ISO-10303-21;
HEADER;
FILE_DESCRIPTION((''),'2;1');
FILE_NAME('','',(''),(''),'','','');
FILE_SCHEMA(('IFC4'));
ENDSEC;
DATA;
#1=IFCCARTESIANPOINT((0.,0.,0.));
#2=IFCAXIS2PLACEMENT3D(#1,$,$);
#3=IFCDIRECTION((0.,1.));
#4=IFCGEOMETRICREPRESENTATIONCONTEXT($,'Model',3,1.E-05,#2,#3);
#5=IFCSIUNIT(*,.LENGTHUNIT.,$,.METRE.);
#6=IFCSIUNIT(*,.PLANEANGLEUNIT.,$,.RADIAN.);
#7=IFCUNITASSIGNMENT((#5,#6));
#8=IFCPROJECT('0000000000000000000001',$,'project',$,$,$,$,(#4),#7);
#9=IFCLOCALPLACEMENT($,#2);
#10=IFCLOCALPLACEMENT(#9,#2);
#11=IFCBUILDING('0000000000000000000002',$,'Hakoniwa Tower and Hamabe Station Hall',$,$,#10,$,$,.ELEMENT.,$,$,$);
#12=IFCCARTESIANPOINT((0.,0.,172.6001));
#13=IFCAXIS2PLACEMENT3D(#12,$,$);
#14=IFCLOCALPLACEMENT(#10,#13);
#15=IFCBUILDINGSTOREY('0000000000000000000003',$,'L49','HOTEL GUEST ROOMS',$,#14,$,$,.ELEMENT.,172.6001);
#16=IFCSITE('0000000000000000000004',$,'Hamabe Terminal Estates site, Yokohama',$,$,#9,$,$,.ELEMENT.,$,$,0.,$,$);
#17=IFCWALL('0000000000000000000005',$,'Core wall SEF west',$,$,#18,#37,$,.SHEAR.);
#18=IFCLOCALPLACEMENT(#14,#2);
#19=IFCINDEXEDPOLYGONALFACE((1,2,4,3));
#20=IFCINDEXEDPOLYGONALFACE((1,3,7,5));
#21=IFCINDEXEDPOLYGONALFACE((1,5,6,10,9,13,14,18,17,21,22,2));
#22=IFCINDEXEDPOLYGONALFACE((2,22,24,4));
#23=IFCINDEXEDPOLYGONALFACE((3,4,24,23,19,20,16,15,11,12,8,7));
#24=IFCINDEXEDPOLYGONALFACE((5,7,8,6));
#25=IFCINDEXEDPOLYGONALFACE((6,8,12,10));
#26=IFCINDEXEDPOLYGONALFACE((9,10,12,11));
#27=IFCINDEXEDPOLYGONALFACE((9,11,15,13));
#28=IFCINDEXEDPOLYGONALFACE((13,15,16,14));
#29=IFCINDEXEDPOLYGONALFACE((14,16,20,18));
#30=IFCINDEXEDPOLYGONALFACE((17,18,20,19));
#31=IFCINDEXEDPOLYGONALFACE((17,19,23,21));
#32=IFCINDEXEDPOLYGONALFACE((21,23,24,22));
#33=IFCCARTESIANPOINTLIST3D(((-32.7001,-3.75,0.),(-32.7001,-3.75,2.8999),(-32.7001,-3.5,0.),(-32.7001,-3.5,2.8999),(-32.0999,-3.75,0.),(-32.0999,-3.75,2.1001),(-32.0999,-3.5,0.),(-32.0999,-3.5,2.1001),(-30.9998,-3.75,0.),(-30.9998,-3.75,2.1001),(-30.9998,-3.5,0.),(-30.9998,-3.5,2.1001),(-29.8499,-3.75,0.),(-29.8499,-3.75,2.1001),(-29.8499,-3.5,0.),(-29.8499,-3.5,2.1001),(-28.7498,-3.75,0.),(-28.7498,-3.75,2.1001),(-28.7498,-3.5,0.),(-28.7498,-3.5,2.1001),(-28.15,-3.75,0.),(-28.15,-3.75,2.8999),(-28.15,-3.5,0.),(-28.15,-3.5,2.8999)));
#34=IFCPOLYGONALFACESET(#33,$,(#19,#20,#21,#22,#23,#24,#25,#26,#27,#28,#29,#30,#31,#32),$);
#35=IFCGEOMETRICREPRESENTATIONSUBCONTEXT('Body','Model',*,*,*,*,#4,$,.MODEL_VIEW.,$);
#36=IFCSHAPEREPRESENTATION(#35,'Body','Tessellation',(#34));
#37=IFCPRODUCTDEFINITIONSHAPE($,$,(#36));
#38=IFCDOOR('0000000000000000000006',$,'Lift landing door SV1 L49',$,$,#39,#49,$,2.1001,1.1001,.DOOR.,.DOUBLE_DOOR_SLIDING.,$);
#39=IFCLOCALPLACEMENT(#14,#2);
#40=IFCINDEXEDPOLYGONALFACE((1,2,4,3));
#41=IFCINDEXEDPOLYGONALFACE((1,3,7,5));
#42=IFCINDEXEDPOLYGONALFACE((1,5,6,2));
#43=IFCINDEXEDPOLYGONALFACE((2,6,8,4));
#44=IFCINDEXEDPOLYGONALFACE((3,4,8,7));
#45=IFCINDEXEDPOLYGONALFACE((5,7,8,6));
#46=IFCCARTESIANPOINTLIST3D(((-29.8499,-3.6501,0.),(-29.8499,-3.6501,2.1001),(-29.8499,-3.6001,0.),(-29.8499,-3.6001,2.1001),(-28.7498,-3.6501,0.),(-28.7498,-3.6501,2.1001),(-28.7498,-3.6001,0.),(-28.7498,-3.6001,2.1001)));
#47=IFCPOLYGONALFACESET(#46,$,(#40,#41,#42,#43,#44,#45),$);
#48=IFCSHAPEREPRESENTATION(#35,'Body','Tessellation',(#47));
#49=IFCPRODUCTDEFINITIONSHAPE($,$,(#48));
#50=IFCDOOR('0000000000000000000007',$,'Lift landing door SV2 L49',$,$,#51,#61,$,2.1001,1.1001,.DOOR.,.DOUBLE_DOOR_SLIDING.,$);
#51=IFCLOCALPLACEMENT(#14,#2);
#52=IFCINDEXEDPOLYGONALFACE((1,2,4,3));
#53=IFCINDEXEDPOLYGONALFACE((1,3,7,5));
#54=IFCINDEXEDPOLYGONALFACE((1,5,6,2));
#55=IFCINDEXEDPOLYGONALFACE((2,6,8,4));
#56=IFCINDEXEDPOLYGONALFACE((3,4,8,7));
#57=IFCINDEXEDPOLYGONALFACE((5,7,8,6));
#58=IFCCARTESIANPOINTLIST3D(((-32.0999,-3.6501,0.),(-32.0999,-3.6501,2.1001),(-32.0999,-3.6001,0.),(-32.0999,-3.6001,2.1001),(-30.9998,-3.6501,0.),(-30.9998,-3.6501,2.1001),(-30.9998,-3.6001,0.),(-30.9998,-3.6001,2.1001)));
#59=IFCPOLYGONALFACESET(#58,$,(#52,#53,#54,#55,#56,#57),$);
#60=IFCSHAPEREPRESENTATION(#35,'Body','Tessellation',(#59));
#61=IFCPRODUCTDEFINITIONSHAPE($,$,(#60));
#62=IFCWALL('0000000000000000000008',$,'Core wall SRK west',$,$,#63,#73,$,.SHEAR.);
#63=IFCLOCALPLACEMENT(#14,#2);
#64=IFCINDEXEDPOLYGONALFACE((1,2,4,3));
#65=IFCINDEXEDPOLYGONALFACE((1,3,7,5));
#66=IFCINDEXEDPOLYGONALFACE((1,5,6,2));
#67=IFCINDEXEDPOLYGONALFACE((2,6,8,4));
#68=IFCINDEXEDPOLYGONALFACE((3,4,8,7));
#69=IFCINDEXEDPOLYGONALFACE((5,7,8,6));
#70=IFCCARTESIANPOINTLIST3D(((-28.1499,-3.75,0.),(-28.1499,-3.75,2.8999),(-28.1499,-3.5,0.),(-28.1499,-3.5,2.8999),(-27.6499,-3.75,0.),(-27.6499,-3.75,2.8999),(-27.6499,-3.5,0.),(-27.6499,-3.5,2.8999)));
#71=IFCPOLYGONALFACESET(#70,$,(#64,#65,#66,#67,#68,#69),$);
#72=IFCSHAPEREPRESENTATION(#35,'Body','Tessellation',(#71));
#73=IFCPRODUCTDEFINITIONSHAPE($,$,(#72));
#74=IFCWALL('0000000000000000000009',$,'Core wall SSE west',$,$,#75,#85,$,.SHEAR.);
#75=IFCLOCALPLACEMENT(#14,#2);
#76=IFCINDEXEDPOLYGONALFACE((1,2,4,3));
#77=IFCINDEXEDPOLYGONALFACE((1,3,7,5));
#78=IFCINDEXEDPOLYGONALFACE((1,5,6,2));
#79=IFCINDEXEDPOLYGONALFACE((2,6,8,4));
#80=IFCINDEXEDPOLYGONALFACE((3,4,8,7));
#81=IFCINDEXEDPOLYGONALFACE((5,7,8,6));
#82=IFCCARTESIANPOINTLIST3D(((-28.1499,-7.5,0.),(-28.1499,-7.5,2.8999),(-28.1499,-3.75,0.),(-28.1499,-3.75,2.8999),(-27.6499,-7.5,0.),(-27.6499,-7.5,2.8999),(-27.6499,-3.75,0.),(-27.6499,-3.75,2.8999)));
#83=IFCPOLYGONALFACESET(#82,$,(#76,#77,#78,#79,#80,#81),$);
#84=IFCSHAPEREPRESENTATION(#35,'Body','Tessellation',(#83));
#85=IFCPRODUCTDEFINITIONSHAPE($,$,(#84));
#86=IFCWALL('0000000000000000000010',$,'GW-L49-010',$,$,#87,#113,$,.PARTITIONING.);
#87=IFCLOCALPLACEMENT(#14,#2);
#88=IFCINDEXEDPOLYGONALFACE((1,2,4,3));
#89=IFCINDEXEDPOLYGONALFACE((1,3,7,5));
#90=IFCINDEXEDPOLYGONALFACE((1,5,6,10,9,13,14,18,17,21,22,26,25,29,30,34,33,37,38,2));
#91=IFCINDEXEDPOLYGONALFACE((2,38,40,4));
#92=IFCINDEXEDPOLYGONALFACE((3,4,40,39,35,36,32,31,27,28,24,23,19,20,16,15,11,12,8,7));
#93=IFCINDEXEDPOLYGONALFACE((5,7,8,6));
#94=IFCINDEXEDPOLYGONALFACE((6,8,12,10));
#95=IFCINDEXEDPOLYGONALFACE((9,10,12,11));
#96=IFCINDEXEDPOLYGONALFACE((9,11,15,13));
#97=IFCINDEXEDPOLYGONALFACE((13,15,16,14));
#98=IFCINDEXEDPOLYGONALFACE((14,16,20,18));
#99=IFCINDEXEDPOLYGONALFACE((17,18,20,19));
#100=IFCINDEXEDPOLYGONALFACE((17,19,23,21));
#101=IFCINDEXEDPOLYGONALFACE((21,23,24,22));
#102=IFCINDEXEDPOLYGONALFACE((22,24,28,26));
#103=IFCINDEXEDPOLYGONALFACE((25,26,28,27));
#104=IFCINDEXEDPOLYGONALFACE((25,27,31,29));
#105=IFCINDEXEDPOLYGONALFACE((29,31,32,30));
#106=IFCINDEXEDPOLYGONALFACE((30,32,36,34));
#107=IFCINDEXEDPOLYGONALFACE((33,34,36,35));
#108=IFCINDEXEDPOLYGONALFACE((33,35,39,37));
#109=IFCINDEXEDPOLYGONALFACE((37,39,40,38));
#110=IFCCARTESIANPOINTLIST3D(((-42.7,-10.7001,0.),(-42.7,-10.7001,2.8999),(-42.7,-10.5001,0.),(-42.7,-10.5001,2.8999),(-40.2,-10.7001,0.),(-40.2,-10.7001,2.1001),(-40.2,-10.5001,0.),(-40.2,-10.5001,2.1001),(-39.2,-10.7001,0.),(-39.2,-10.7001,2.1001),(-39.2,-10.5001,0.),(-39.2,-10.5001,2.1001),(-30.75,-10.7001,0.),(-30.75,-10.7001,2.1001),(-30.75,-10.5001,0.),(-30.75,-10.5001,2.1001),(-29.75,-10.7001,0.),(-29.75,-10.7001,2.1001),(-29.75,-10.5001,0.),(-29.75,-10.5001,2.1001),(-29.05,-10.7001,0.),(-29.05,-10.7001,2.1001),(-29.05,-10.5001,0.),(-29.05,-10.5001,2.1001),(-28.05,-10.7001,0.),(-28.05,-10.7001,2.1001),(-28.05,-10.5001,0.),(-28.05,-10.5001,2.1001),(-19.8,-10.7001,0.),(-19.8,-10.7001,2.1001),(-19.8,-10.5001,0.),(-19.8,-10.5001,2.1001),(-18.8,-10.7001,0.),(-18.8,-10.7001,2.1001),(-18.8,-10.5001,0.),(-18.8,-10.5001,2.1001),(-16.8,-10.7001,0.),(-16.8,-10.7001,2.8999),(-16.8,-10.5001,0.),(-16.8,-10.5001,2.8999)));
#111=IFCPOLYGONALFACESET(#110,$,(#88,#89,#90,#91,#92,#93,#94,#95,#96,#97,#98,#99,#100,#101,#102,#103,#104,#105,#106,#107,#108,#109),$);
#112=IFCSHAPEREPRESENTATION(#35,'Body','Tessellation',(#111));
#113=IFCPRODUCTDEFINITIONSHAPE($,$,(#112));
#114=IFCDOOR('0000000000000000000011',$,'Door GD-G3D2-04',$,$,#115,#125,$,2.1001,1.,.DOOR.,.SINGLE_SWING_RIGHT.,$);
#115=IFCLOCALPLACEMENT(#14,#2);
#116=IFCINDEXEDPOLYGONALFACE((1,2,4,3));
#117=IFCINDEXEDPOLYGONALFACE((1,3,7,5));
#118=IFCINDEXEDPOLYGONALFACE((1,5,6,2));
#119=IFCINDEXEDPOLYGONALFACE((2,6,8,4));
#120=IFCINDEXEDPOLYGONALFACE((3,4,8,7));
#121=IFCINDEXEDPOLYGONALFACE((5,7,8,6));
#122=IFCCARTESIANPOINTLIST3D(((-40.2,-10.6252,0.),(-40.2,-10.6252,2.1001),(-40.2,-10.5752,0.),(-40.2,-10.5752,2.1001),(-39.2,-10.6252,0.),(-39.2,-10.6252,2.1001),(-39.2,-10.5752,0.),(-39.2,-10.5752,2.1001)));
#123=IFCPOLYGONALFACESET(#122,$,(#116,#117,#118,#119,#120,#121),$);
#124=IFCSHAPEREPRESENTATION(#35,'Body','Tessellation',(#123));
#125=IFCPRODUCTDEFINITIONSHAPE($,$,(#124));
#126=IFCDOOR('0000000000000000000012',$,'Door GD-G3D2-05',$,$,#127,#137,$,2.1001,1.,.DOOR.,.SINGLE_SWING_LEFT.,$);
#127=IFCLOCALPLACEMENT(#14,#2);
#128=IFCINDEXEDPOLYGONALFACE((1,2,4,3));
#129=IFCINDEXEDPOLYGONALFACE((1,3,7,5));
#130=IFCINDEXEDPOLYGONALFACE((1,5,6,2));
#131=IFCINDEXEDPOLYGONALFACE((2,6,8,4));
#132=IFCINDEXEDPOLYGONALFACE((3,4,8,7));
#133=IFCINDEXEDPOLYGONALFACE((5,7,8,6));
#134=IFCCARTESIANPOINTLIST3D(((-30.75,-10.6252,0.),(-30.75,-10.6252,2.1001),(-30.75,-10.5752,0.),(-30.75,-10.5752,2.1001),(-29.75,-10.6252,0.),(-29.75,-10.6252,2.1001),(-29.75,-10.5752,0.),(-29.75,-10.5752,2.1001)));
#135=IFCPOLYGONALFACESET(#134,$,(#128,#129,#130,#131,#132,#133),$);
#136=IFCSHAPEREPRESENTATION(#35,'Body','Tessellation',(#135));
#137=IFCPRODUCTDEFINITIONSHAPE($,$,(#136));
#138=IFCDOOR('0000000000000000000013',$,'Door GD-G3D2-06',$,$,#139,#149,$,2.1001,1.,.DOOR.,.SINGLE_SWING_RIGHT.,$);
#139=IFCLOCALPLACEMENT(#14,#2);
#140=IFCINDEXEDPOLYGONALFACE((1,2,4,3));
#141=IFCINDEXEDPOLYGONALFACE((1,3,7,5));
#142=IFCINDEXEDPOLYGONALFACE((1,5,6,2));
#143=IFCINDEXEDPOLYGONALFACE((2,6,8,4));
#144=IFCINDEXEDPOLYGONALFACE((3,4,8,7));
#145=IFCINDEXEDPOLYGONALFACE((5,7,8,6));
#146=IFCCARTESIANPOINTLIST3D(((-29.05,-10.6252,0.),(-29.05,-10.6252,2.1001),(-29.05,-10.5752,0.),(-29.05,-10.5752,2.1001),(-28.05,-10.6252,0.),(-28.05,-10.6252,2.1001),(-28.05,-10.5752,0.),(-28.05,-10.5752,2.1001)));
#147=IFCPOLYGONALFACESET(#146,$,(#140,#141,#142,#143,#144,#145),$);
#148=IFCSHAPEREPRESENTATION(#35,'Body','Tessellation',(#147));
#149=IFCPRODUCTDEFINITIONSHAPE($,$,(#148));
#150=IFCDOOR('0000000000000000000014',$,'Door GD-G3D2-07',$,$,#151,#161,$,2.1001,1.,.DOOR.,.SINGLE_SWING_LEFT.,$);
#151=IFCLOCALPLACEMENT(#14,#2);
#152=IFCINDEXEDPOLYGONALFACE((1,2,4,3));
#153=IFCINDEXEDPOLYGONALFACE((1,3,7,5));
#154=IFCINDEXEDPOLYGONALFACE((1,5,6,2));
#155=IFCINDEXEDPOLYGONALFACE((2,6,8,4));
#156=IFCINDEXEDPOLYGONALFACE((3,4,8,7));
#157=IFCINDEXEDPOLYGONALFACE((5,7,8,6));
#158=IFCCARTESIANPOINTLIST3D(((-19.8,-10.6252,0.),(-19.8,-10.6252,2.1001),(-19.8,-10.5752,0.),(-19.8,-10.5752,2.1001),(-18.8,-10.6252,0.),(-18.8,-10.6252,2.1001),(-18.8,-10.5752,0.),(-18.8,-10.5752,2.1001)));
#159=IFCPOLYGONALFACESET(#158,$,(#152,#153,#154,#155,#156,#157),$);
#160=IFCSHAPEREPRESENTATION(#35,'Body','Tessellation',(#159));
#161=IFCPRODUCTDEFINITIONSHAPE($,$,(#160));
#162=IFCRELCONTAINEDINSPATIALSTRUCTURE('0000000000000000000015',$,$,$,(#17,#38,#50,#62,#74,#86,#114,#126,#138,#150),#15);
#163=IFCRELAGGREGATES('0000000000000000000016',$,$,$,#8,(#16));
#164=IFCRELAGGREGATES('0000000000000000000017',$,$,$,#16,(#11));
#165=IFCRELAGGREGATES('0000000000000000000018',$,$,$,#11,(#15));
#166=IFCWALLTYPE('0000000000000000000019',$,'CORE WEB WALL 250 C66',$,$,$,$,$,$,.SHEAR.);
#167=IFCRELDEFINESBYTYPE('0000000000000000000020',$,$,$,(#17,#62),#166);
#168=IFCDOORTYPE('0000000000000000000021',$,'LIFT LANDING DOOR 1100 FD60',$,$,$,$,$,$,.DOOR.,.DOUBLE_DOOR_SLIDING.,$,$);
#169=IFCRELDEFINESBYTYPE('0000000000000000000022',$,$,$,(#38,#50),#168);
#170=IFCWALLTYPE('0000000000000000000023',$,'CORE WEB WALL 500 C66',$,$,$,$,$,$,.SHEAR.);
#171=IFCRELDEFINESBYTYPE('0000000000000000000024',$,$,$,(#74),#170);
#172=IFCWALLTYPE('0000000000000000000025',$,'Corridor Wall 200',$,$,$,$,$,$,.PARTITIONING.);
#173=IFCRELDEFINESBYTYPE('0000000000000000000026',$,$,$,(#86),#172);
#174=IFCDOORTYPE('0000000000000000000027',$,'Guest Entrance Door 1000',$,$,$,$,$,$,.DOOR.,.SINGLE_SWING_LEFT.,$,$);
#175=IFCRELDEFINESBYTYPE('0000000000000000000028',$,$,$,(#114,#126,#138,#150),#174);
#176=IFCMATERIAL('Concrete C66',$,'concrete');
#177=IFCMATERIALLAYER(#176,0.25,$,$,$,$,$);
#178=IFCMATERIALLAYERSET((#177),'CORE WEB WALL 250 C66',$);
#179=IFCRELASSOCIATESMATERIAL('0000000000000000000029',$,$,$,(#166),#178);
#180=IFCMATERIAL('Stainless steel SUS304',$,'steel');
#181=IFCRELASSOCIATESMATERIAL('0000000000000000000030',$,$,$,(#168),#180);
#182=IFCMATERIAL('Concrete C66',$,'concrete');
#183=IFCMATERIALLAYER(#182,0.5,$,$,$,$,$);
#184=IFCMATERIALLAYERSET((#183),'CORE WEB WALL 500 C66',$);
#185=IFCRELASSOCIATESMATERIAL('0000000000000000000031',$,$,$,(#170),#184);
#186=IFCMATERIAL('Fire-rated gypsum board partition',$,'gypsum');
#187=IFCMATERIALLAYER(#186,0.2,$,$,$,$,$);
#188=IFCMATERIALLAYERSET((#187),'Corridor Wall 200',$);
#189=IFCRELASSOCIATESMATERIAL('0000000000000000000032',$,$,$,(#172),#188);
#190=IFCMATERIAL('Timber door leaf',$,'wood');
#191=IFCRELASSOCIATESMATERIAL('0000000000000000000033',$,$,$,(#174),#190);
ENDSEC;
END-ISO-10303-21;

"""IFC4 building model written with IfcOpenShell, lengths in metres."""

from ifc_helpers import new_model, si_unit, direction, frame, frame_2d, origin, place, context, subcontext, project, spatial, rectangle, extrude, material, layer, layer_set, type_object, element, fill, save


model = new_model("IFC4")

# Units and contexts
model_context = context("Model", 3, precision=1e-05, world=origin(), true_north=direction((0.0, 1.0)))
body_context = subcontext(model_context, "Body", "Model", "MODEL_VIEW")
ifc_project = project(units=[si_unit("LENGTHUNIT", "METRE"), si_unit("PLANEANGLEUNIT", "RADIAN")], contexts=[model_context])

# Site, building, storey
site_placement = place(None, origin())
site = spatial("IfcSite", under=ifc_project, at=site_placement, Name="Hamabe Terminal Estates site, Yokohama", CompositionType="ELEMENT", RefElevation=0.0)
building_placement = place(site_placement, origin())
building = spatial("IfcBuilding", under=site, at=building_placement, Name="Hakoniwa Tower and Hamabe Station Hall", CompositionType="ELEMENT")
storey_placement = place(building_placement, frame((0.0, 0.0, 172.6001)))
storey = spatial("IfcBuildingStorey", under=building, at=storey_placement, Name="L49", Description="HOTEL GUEST ROOMS", CompositionType="ELEMENT", Elevation=172.6001)

# Shared definitions
ifc_material_1 = material(Name="Concrete C66", Category="concrete")
ifc_layer_1 = layer(ifc_material_1, 0.25)
ifc_layer_set_1 = layer_set([ifc_layer_1], Name="CORE WEB WALL 250 C66")
wall_type_1 = type_object("IfcWallType", Name="CORE WEB WALL 250 C66", PredefinedType="SHEAR", material=ifc_layer_set_1)

# Wall, openings, doors
wall_1_placement = place(storey_placement, frame((-32.7, -3.625, 0.0), z_axis=(0.0, 0.0, 1.0), x_axis=(1.0, 0.0, 0.0)))
wall_1 = element("IfcWall", 1, at=wall_1_placement, inside=storey, type_object=wall_type_1, Name="Core wall SEF west", PredefinedType="SHEAR", context=body_context, shape_type="SweptSolid", body=[
    extrude(rectangle(XDim=4.55, YDim=0.25, at=frame_2d((2.2749, 0.0))), origin(), (0.0, 0.0, 1.0), 2.8999),
])
opening_1_placement = place(wall_1_placement, frame((2.8501, 0.0, 0.0)))
opening_1 = element("IfcOpeningElement", 2, at=opening_1_placement, cuts=wall_1, PredefinedType="OPENING", context=body_context, shape_type="SweptSolid", body=[
    extrude(rectangle(XDim=1.1001, YDim=2.1001, at=frame_2d((0.55, 1.05))), frame((0.0, 0.135, 0.0), z_axis=(0.0, -1.0, 0.0), x_axis=(1.0, 0.0, 0.0)), (0.0, 0.0, 1.0), 0.27),
])
opening_2_placement = place(wall_1_placement, frame((0.6001, 0.0, 0.0)))
opening_2 = element("IfcOpeningElement", 3, at=opening_2_placement, cuts=wall_1, PredefinedType="OPENING", context=body_context, shape_type="SweptSolid", body=[
    extrude(rectangle(XDim=1.1001, YDim=2.1001, at=frame_2d((0.55, 1.05))), frame((0.0, 0.135, 0.0), z_axis=(0.0, -1.0, 0.0), x_axis=(1.0, 0.0, 0.0)), (0.0, 0.0, 1.0), 0.27),
])
ifc_material_2 = material(Name="Stainless steel SUS304", Category="steel")
door_type_1 = type_object("IfcDoorType", Name="LIFT LANDING DOOR 1100 FD60", OperationType="DOUBLE_DOOR_SLIDING", PredefinedType="DOOR", material=ifc_material_2)
door_1_placement = place(opening_1_placement, origin())
door_1 = element("IfcDoor", 4, at=door_1_placement, inside=storey, type_object=door_type_1, Name="Lift landing door SV1 L49", OperationType="DOUBLE_DOOR_SLIDING", OverallHeight=2.1001, OverallWidth=1.1001, PredefinedType="DOOR", context=body_context, shape_type="SweptSolid", body=[
    extrude(rectangle(XDim=1.1001, YDim=2.1001, at=frame_2d((0.55, 1.05))), frame((0.0, 0.0249, 0.0), z_axis=(0.0, -1.0, 0.0), x_axis=(1.0, 0.0, 0.0)), (0.0, 0.0, 1.0), 0.05),
])
fill(opening_1, door_1)
door_2_placement = place(opening_2_placement, origin())
door_2 = element("IfcDoor", 5, at=door_2_placement, inside=storey, type_object=door_type_1, Name="Lift landing door SV2 L49", OperationType="DOUBLE_DOOR_SLIDING", OverallHeight=2.1001, OverallWidth=1.1001, PredefinedType="DOOR", context=body_context, shape_type="SweptSolid", body=[
    extrude(rectangle(XDim=1.1001, YDim=2.1001, at=frame_2d((0.55, 1.05))), frame((0.0, 0.0249, 0.0), z_axis=(0.0, -1.0, 0.0), x_axis=(1.0, 0.0, 0.0)), (0.0, 0.0, 1.0), 0.05),
])
fill(opening_2, door_2)

# Walls
wall_2_placement = place(storey_placement, frame((-28.1499, -3.625, 0.0), z_axis=(0.0, 0.0, 1.0), x_axis=(1.0, 0.0, 0.0)))
element("IfcWall", 6, at=wall_2_placement, inside=storey, type_object=wall_type_1, Name="Core wall SRK west", PredefinedType="SHEAR", context=body_context, shape_type="SweptSolid", body=[
    extrude(rectangle(XDim=0.5, YDim=0.25, at=frame_2d((0.25, 0.0))), origin(), (0.0, 0.0, 1.0), 2.8999),
])
ifc_material_3 = material(Name="Concrete C66", Category="concrete")
ifc_layer_2 = layer(ifc_material_3, 0.5)
ifc_layer_set_2 = layer_set([ifc_layer_2], Name="CORE WEB WALL 500 C66")
wall_type_2 = type_object("IfcWallType", Name="CORE WEB WALL 500 C66", PredefinedType="SHEAR", material=ifc_layer_set_2)
wall_3_placement = place(storey_placement, frame((-27.8999, -7.5, 0.0), z_axis=(0.0, 0.0, 1.0), x_axis=(0.0, 1.0, 0.0)))
element("IfcWall", 7, at=wall_3_placement, inside=storey, type_object=wall_type_2, Name="Core wall SSE west", PredefinedType="SHEAR", context=body_context, shape_type="SweptSolid", body=[
    extrude(rectangle(XDim=3.75, YDim=0.5, at=frame_2d((1.875, 0.0))), origin(), (0.0, 0.0, 1.0), 2.8999),
])

# Wall, openings, doors
ifc_material_4 = material(Name="Fire-rated gypsum board partition", Category="gypsum")
ifc_layer_3 = layer(ifc_material_4, 0.2)
ifc_layer_set_3 = layer_set([ifc_layer_3], Name="Corridor Wall 200")
wall_type_3 = type_object("IfcWallType", Name="Corridor Wall 200", PredefinedType="PARTITIONING", material=ifc_layer_set_3)
wall_4_placement = place(storey_placement, frame((-42.7, -10.6001, 0.0), z_axis=(0.0, 0.0, 1.0), x_axis=(1.0, 0.0, 0.0)))
wall_4 = element("IfcWall", 8, at=wall_4_placement, inside=storey, type_object=wall_type_3, Name="GW-L49-010", PredefinedType="PARTITIONING", context=body_context, shape_type="SweptSolid", body=[
    extrude(rectangle(XDim=25.8999, YDim=0.2, at=frame_2d((12.95, 0.0))), origin(), (0.0, 0.0, 1.0), 2.8999),
])
opening_3_placement = place(wall_4_placement, frame((2.5, 0.0, 0.0)))
opening_3 = element("IfcOpeningElement", 9, at=opening_3_placement, cuts=wall_4, PredefinedType="OPENING", context=body_context, shape_type="SweptSolid", body=[
    extrude(rectangle(XDim=1.0, YDim=2.1001, at=frame_2d((0.5, 1.05))), frame((0.0, 0.1099, 0.0), z_axis=(0.0, -1.0, 0.0), x_axis=(1.0, 0.0, 0.0)), (0.0, 0.0, 1.0), 0.22),
])
opening_4_placement = place(wall_4_placement, frame((11.95, 0.0, 0.0)))
opening_4 = element("IfcOpeningElement", 10, at=opening_4_placement, cuts=wall_4, PredefinedType="OPENING", context=body_context, shape_type="SweptSolid", body=[
    extrude(rectangle(XDim=1.0, YDim=2.1001, at=frame_2d((0.5, 1.05))), frame((0.0, 0.1099, 0.0), z_axis=(0.0, -1.0, 0.0), x_axis=(1.0, 0.0, 0.0)), (0.0, 0.0, 1.0), 0.22),
])
opening_5_placement = place(wall_4_placement, frame((13.6499, 0.0, 0.0)))
opening_5 = element("IfcOpeningElement", 11, at=opening_5_placement, cuts=wall_4, PredefinedType="OPENING", context=body_context, shape_type="SweptSolid", body=[
    extrude(rectangle(XDim=1.0, YDim=2.1001, at=frame_2d((0.5, 1.05))), frame((0.0, 0.1099, 0.0), z_axis=(0.0, -1.0, 0.0), x_axis=(1.0, 0.0, 0.0)), (0.0, 0.0, 1.0), 0.22),
])
opening_6_placement = place(wall_4_placement, frame((22.8999, 0.0, 0.0)))
opening_6 = element("IfcOpeningElement", 12, at=opening_6_placement, cuts=wall_4, PredefinedType="OPENING", context=body_context, shape_type="SweptSolid", body=[
    extrude(rectangle(XDim=1.0, YDim=2.1001, at=frame_2d((0.5, 1.05))), frame((0.0, 0.1099, 0.0), z_axis=(0.0, -1.0, 0.0), x_axis=(1.0, 0.0, 0.0)), (0.0, 0.0, 1.0), 0.22),
])
ifc_material_5 = material(Name="Timber door leaf", Category="wood")
door_type_2 = type_object("IfcDoorType", Name="Guest Entrance Door 1000", OperationType="SINGLE_SWING_LEFT", PredefinedType="DOOR", material=ifc_material_5)
door_3_placement = place(opening_3_placement, origin())
door_3 = element("IfcDoor", 13, at=door_3_placement, inside=storey, type_object=door_type_2, Name="Door GD-G3D2-04", OperationType="SINGLE_SWING_RIGHT", OverallHeight=2.1001, OverallWidth=1.0, PredefinedType="DOOR", context=body_context, shape_type="SweptSolid", body=[
    extrude(rectangle(XDim=1.0, YDim=2.1001, at=frame_2d((0.5, 1.05))), frame((0.0, 0.0249, 0.0), z_axis=(0.0, -1.0, 0.0), x_axis=(1.0, 0.0, 0.0)), (0.0, 0.0, 1.0), 0.05),
])
fill(opening_3, door_3)
door_4_placement = place(opening_4_placement, origin())
door_4 = element("IfcDoor", 14, at=door_4_placement, inside=storey, type_object=door_type_2, Name="Door GD-G3D2-05", OperationType="SINGLE_SWING_LEFT", OverallHeight=2.1001, OverallWidth=1.0, PredefinedType="DOOR", context=body_context, shape_type="SweptSolid", body=[
    extrude(rectangle(XDim=1.0, YDim=2.1001, at=frame_2d((0.5, 1.05))), frame((0.0, 0.0249, 0.0), z_axis=(0.0, -1.0, 0.0), x_axis=(1.0, 0.0, 0.0)), (0.0, 0.0, 1.0), 0.05),
])
fill(opening_4, door_4)
door_5_placement = place(opening_5_placement, origin())
door_5 = element("IfcDoor", 15, at=door_5_placement, inside=storey, type_object=door_type_2, Name="Door GD-G3D2-06", OperationType="SINGLE_SWING_RIGHT", OverallHeight=2.1001, OverallWidth=1.0, PredefinedType="DOOR", context=body_context, shape_type="SweptSolid", body=[
    extrude(rectangle(XDim=1.0, YDim=2.1001, at=frame_2d((0.5, 1.05))), frame((0.0, 0.0249, 0.0), z_axis=(0.0, -1.0, 0.0), x_axis=(1.0, 0.0, 0.0)), (0.0, 0.0, 1.0), 0.05),
])
fill(opening_5, door_5)
door_6_placement = place(opening_6_placement, origin())
door_6 = element("IfcDoor", 16, at=door_6_placement, inside=storey, type_object=door_type_2, Name="Door GD-G3D2-07", OperationType="SINGLE_SWING_LEFT", OverallHeight=2.1001, OverallWidth=1.0, PredefinedType="DOOR", context=body_context, shape_type="SweptSolid", body=[
    extrude(rectangle(XDim=1.0, YDim=2.1001, at=frame_2d((0.5, 1.05))), frame((0.0, 0.0249, 0.0), z_axis=(0.0, -1.0, 0.0), x_axis=(1.0, 0.0, 0.0)), (0.0, 0.0, 1.0), 0.05),
])
fill(opening_6, door_6)

save(model, "model.ifc")
